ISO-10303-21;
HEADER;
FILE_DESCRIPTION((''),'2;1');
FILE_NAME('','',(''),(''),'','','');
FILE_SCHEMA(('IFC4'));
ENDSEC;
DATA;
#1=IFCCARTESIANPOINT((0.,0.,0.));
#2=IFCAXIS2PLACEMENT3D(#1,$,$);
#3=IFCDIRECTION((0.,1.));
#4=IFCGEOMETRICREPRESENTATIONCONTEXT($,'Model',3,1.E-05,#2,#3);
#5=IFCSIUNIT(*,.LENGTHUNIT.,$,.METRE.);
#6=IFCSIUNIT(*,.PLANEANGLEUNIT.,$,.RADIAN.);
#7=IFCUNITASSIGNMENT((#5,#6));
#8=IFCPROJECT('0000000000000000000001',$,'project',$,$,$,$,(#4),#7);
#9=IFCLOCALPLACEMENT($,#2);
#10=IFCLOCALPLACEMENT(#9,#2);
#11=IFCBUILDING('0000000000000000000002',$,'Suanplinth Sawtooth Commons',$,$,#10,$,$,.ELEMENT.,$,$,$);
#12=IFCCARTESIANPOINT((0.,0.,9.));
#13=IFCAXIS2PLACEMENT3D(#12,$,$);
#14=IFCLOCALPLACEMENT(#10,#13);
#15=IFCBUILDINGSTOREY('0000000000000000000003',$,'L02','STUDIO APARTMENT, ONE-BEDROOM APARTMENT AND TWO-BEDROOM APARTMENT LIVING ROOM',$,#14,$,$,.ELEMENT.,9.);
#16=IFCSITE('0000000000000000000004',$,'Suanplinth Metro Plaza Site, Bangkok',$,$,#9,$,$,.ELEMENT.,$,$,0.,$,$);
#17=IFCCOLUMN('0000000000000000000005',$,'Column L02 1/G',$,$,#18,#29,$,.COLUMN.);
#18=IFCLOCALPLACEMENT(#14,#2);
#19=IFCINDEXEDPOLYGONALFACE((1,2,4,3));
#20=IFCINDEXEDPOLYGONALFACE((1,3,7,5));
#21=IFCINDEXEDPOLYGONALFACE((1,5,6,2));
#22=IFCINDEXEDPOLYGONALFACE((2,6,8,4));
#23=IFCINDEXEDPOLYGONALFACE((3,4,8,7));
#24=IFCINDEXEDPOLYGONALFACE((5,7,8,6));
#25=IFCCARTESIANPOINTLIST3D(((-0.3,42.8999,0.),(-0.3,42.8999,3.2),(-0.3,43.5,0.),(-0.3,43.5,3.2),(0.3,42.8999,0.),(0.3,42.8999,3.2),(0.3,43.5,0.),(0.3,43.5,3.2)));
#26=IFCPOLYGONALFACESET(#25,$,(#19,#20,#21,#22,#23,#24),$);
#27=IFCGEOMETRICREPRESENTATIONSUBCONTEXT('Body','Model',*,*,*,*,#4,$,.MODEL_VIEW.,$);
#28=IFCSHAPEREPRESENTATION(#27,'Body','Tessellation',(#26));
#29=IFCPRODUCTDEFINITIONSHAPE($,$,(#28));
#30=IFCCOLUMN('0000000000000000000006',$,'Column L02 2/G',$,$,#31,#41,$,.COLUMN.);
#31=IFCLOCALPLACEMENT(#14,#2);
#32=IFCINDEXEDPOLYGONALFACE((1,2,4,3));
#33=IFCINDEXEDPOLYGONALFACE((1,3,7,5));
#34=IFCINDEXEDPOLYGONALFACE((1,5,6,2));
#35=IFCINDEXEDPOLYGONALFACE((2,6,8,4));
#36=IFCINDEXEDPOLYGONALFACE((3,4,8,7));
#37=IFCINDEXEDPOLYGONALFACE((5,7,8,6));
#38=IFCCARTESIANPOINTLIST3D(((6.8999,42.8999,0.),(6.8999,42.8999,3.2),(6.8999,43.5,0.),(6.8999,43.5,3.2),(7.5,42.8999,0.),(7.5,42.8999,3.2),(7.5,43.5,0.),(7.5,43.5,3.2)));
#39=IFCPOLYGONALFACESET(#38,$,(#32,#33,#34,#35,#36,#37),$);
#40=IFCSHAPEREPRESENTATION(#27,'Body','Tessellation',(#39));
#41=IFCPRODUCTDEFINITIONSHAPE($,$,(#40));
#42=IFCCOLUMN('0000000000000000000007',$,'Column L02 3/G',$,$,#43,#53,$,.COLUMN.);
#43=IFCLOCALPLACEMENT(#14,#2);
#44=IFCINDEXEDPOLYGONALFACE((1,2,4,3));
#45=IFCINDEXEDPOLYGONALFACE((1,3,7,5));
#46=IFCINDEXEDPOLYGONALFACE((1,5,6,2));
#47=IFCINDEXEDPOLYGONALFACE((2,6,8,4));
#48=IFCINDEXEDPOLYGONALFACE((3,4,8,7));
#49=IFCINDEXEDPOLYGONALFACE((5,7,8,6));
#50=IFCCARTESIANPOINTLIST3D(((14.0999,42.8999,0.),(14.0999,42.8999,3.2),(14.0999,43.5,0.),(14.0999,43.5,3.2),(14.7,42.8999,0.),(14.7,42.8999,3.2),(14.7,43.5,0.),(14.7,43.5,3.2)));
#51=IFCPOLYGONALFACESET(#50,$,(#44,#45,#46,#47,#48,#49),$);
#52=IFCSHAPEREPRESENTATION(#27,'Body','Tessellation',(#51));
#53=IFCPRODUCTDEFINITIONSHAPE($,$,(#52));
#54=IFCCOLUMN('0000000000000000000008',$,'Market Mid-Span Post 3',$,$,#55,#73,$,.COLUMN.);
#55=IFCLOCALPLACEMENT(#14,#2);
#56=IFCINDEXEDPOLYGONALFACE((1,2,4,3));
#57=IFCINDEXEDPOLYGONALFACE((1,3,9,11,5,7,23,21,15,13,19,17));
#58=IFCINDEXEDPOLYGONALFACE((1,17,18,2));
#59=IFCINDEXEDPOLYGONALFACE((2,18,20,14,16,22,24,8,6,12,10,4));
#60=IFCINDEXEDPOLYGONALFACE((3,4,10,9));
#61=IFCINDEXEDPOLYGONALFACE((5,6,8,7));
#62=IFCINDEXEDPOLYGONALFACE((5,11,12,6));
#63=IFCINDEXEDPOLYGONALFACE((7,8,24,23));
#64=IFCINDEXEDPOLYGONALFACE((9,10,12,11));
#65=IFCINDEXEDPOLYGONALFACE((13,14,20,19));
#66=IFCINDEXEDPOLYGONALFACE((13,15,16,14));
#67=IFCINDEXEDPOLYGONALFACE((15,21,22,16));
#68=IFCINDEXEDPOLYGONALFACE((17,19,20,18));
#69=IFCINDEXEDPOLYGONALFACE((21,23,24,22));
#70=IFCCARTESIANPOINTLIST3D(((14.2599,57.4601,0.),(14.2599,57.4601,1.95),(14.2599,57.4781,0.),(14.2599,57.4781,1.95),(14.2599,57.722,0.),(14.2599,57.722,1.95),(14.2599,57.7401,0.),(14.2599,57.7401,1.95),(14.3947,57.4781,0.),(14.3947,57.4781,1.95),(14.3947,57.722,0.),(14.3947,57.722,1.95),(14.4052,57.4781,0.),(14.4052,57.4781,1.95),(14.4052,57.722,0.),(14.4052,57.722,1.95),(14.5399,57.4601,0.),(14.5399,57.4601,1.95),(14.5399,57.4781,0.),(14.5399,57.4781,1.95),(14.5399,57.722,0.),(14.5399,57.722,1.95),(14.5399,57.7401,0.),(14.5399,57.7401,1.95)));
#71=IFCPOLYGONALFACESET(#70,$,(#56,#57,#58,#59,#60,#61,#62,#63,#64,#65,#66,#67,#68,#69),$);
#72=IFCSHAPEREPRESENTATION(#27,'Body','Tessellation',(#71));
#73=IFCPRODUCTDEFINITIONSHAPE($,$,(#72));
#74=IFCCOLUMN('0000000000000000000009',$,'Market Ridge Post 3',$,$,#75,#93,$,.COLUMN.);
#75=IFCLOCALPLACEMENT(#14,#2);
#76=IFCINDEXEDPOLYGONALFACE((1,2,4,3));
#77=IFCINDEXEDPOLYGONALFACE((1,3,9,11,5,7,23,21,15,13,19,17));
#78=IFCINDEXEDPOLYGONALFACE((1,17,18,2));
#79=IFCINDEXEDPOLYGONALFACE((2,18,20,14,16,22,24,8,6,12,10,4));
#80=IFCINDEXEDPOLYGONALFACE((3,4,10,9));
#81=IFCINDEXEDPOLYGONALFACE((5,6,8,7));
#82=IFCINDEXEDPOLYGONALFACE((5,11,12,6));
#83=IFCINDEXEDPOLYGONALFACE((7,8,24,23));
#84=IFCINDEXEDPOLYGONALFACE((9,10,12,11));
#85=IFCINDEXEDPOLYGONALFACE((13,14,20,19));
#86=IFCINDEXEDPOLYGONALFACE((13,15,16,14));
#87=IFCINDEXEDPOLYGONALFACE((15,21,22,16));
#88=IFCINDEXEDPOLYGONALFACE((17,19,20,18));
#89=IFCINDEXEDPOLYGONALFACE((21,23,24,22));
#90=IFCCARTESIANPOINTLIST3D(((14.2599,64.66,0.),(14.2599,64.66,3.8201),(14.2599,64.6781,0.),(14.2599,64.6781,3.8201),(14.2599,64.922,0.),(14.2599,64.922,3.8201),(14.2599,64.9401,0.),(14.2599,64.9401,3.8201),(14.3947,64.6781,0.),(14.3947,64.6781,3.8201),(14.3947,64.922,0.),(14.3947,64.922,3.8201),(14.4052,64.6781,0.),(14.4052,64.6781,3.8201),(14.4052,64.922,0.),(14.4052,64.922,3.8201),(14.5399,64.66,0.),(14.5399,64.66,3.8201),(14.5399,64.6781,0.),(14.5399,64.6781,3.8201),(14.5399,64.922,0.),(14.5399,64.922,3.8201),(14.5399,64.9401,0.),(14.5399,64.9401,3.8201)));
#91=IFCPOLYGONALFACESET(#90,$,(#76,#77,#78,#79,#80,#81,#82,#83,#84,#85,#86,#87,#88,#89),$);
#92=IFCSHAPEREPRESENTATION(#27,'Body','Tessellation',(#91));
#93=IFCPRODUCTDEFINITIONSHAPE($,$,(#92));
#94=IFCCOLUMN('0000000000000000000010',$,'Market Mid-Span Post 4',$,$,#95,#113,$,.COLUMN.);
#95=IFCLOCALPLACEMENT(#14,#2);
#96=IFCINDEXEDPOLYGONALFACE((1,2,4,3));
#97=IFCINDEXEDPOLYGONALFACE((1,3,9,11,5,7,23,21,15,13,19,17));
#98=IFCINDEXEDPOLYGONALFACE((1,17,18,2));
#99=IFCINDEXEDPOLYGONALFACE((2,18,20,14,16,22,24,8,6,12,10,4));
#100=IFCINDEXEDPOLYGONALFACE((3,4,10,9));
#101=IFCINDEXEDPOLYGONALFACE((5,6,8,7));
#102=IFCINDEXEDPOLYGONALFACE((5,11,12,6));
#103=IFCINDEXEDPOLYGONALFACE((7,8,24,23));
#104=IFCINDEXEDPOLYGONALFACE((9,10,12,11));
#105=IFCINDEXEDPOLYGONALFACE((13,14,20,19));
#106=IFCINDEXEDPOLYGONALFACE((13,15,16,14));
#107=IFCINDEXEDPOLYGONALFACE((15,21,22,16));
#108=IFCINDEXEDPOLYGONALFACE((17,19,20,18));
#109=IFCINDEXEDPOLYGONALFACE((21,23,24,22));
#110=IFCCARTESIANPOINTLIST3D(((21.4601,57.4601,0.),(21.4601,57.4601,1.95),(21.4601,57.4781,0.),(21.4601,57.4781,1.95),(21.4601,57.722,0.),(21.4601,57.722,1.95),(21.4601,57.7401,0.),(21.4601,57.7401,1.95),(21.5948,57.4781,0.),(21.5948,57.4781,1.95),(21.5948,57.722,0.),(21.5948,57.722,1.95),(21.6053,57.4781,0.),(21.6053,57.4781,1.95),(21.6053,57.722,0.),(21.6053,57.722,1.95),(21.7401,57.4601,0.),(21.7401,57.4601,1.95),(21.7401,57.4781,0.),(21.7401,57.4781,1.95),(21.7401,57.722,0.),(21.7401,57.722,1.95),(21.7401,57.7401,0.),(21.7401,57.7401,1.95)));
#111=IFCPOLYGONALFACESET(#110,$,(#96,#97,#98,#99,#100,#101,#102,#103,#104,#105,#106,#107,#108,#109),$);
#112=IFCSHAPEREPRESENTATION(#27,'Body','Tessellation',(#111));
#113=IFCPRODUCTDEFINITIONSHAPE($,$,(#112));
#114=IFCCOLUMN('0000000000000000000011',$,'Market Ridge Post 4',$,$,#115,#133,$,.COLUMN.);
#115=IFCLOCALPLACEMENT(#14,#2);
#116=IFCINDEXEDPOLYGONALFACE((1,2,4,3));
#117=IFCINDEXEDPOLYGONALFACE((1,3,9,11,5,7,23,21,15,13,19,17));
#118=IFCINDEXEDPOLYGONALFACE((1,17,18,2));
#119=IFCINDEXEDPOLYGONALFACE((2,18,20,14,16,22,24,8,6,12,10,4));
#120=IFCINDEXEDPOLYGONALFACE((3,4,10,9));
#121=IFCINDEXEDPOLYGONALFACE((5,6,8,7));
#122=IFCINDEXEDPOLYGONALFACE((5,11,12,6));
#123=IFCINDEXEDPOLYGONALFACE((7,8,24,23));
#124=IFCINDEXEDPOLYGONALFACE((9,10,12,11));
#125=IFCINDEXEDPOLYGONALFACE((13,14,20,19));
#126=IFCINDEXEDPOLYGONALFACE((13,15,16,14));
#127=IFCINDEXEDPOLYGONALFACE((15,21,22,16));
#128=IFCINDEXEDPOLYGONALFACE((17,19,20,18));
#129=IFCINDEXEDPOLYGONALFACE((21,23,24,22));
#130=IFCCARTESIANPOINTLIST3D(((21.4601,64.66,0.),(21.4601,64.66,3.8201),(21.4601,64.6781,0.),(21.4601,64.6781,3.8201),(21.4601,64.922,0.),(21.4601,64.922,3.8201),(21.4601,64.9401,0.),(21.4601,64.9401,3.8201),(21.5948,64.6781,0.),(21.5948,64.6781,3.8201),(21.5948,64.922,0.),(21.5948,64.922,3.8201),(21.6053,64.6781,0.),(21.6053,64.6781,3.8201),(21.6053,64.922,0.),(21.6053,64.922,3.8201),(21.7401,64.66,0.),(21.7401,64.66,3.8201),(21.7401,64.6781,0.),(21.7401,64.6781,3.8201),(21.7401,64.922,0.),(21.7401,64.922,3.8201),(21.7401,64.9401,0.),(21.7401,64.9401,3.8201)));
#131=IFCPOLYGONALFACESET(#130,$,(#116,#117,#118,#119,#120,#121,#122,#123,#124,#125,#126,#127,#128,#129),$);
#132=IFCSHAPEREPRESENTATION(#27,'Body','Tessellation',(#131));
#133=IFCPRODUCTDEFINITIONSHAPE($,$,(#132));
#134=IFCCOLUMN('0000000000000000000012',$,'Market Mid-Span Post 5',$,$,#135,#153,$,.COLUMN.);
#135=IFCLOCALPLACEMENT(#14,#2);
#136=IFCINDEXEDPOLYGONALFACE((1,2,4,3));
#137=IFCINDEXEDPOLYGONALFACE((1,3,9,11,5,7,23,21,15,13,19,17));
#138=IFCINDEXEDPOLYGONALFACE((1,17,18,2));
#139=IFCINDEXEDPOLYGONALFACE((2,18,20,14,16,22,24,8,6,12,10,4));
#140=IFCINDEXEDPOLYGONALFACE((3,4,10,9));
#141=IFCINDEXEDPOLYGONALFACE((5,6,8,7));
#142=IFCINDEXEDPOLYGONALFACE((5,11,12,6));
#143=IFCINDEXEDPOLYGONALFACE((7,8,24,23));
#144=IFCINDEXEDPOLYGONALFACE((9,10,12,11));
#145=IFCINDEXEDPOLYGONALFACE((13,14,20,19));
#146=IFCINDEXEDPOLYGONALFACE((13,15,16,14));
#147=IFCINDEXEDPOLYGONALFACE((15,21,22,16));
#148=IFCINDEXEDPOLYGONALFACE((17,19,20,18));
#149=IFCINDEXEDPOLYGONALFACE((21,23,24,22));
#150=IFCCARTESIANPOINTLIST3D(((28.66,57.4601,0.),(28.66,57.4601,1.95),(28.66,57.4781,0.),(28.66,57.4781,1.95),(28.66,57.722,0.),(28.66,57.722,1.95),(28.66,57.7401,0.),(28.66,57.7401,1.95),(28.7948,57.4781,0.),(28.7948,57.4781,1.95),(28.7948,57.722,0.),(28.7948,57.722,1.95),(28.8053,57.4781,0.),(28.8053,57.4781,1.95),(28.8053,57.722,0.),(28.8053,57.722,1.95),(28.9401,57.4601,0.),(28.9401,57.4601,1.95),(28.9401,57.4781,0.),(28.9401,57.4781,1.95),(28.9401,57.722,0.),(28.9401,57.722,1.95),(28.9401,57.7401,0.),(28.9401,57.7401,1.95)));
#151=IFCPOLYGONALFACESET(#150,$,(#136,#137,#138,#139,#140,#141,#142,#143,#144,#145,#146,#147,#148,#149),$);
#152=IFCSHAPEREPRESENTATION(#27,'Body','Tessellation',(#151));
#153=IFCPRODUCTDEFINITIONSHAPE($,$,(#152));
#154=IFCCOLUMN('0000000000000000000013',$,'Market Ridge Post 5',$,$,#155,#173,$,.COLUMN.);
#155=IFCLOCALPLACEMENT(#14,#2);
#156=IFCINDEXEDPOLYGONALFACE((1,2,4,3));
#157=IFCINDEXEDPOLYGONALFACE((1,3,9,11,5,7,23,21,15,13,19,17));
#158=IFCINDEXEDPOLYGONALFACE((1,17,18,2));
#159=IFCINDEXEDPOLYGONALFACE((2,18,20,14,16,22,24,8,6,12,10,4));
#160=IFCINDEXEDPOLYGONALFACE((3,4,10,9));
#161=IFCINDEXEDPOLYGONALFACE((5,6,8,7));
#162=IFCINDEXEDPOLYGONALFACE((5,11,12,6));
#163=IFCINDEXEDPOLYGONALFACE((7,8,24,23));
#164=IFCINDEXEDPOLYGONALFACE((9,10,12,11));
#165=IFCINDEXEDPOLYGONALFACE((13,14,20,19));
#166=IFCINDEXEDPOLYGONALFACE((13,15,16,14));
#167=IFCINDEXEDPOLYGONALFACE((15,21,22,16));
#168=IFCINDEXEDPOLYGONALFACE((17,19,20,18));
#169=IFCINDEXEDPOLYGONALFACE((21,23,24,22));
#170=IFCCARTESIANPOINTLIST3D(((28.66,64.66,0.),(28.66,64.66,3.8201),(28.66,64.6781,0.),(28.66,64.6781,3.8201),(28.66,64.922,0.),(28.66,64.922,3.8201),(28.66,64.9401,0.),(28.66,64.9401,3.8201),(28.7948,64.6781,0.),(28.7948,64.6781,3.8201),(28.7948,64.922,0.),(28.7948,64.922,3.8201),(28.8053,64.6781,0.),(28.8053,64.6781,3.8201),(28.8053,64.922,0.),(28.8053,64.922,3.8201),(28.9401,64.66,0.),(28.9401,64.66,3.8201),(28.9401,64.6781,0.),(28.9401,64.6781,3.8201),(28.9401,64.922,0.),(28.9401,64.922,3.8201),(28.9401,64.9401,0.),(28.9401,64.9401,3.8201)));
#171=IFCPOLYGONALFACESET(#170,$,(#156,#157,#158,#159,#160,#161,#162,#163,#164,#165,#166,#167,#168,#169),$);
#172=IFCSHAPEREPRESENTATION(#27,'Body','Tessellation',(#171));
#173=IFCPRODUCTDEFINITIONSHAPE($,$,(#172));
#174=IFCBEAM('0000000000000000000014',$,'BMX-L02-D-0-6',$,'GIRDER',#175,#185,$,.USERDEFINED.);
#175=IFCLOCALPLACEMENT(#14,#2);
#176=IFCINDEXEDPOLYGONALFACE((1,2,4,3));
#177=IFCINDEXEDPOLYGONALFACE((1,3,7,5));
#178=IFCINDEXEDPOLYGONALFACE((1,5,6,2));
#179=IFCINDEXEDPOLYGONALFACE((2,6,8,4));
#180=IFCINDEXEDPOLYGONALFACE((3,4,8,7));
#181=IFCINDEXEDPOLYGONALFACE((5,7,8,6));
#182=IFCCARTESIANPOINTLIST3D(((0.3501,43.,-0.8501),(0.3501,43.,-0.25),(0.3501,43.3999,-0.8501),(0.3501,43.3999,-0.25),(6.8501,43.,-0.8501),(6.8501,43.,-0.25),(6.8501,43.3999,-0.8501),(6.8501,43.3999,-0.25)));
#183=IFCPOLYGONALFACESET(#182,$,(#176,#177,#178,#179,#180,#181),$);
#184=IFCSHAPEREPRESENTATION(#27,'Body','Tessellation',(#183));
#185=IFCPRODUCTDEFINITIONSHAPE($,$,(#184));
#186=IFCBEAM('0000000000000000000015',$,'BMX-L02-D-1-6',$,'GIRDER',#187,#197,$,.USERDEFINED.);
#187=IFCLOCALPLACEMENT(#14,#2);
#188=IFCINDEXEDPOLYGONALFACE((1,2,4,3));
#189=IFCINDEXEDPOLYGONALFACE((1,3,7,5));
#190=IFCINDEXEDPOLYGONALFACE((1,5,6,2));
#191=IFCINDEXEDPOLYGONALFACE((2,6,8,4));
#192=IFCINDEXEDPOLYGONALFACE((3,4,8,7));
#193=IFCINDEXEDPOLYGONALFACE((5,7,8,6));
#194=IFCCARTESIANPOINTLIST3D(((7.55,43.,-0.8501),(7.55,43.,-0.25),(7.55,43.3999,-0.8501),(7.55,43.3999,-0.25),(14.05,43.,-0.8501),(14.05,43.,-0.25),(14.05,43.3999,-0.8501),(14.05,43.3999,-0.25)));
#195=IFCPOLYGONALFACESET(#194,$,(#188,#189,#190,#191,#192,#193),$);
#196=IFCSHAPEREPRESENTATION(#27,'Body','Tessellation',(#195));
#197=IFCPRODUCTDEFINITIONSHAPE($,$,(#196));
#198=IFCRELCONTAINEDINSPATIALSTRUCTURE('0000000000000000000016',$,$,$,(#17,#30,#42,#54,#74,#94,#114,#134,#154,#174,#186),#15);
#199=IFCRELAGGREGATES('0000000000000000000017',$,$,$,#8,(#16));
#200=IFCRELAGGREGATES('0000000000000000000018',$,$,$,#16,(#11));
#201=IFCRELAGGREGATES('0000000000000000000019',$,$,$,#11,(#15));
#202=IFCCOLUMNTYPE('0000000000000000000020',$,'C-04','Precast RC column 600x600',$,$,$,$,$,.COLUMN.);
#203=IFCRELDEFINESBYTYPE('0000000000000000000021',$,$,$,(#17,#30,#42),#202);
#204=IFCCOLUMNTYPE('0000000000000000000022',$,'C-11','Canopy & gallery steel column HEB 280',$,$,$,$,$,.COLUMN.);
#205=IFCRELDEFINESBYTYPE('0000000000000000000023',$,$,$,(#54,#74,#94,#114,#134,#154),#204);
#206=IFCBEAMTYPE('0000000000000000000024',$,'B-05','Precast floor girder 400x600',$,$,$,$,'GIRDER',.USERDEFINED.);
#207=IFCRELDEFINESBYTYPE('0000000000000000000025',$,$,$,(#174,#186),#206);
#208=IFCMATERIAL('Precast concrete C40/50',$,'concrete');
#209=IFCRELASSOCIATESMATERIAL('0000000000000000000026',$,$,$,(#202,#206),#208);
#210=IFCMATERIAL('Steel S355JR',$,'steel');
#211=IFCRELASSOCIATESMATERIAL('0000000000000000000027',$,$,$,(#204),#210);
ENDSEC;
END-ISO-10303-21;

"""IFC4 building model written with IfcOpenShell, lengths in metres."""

from ifc_helpers import new_model, si_unit, direction, frame, origin, origin_2d, place, context, subcontext, project, spatial, rectangle, i_section, extrude, material, material_profile, profile_set, type_object, element, save


model = new_model("IFC4")

# Units and contexts
model_context = context("Model", 3, precision=1e-05, world=origin(), true_north=direction((0.0, 1.0)))
body_context = subcontext(model_context, "Body", "Model", "MODEL_VIEW")
ifc_project = project(units=[si_unit("LENGTHUNIT", "METRE"), si_unit("PLANEANGLEUNIT", "RADIAN")], contexts=[model_context])

# Site, building, storey
site_placement = place(None, origin())
site = spatial("IfcSite", under=ifc_project, at=site_placement, Name="Suanplinth Metro Plaza Site, Bangkok", CompositionType="ELEMENT", RefElevation=0.0)
building_placement = place(site_placement, origin())
building = spatial("IfcBuilding", under=site, at=building_placement, Name="Suanplinth Sawtooth Commons", CompositionType="ELEMENT")
storey_placement = place(building_placement, frame((0.0, 0.0, 9.0)))
storey = spatial("IfcBuildingStorey", under=building, at=storey_placement, Name="L02", Description="STUDIO APARTMENT, ONE-BEDROOM APARTMENT AND TWO-BEDROOM APARTMENT LIVING ROOM", CompositionType="ELEMENT", Elevation=9.0)

# Columns
ifc_material_1 = material(Name="Precast concrete C40/50", Category="concrete")
ifc_material_profile_1 = material_profile(ifc_material_1, rectangle(XDim=0.6001, YDim=0.6001, at=origin_2d()), Name="PC-COL 600x600")
ifc_profile_set_1 = profile_set([ifc_material_profile_1], Name="Precast concrete C40/50")
column_type_1 = type_object("IfcColumnType", Name="C-04", Description="Precast RC column 600x600", PredefinedType="COLUMN", material=ifc_profile_set_1)
for number, where, z_axis, x_axis, name in (
    (1, (0.0, 43.2, 0.0), (0.0, 0.0, 1.0), (1.0, 0.0, 0.0), "Column L02 1/G"),
    (2, (7.2, 43.2, 0.0), (0.0, 0.0, 1.0), (1.0, 0.0, 0.0), "Column L02 2/G"),
    (3, (14.3999, 43.2, 0.0), (0.0, 0.0, 1.0), (1.0, 0.0, 0.0), "Column L02 3/G"),
):
    element("IfcColumn", number, at=place(storey_placement, frame(where, z_axis=z_axis, x_axis=x_axis)), inside=storey, type_object=column_type_1, Name=name, PredefinedType="COLUMN", context=body_context, shape_type="SweptSolid", body=[
        extrude(rectangle(XDim=0.6001, YDim=0.6001, at=origin_2d()), origin(), (0.0, 0.0, 1.0), 3.2),
    ])
ifc_material_2 = material(Name="Steel S355JR", Category="steel")
ifc_material_profile_2 = material_profile(ifc_material_2, i_section(OverallWidth=0.28, OverallDepth=0.28, WebThickness=0.0105, FlangeThickness=0.0181, at=origin_2d()), Name="HEB 280")
ifc_profile_set_2 = profile_set([ifc_material_profile_2], Name="Steel S355JR")
column_type_2 = type_object("IfcColumnType", Name="C-11", Description="Canopy & gallery steel column HEB 280", PredefinedType="COLUMN", material=ifc_profile_set_2)
column_1_placement = place(storey_placement, frame((14.3999, 57.6001, 0.0), z_axis=(0.0, 0.0, 1.0), x_axis=(1.0, 0.0, 0.0)))
element("IfcColumn", 4, at=column_1_placement, inside=storey, type_object=column_type_2, Name="Market Mid-Span Post 3", PredefinedType="COLUMN", context=body_context, shape_type="SweptSolid", body=[
    extrude(i_section(OverallWidth=0.28, OverallDepth=0.28, WebThickness=0.0105, FlangeThickness=0.0181, at=origin_2d()), origin(), (0.0, 0.0, 1.0), 1.95),
])
column_2_placement = place(storey_placement, frame((14.3999, 64.8, 0.0), z_axis=(0.0, 0.0, 1.0), x_axis=(1.0, 0.0, 0.0)))
element("IfcColumn", 5, at=column_2_placement, inside=storey, type_object=column_type_2, Name="Market Ridge Post 3", PredefinedType="COLUMN", context=body_context, shape_type="SweptSolid", body=[
    extrude(i_section(OverallWidth=0.28, OverallDepth=0.28, WebThickness=0.0105, FlangeThickness=0.0181, at=origin_2d()), origin(), (0.0, 0.0, 1.0), 3.8201),
])
column_3_placement = place(storey_placement, frame((21.6001, 57.6001, 0.0), z_axis=(0.0, 0.0, 1.0), x_axis=(1.0, 0.0, 0.0)))
element("IfcColumn", 6, at=column_3_placement, inside=storey, type_object=column_type_2, Name="Market Mid-Span Post 4", PredefinedType="COLUMN", context=body_context, shape_type="SweptSolid", body=[
    extrude(i_section(OverallWidth=0.28, OverallDepth=0.28, WebThickness=0.0105, FlangeThickness=0.0181, at=origin_2d()), origin(), (0.0, 0.0, 1.0), 1.95),
])
column_4_placement = place(storey_placement, frame((21.6001, 64.8, 0.0), z_axis=(0.0, 0.0, 1.0), x_axis=(1.0, 0.0, 0.0)))
element("IfcColumn", 7, at=column_4_placement, inside=storey, type_object=column_type_2, Name="Market Ridge Post 4", PredefinedType="COLUMN", context=body_context, shape_type="SweptSolid", body=[
    extrude(i_section(OverallWidth=0.28, OverallDepth=0.28, WebThickness=0.0105, FlangeThickness=0.0181, at=origin_2d()), origin(), (0.0, 0.0, 1.0), 3.8201),
])
column_5_placement = place(storey_placement, frame((28.8, 57.6001, 0.0), z_axis=(0.0, 0.0, 1.0), x_axis=(1.0, 0.0, 0.0)))
element("IfcColumn", 8, at=column_5_placement, inside=storey, type_object=column_type_2, Name="Market Mid-Span Post 5", PredefinedType="COLUMN", context=body_context, shape_type="SweptSolid", body=[
    extrude(i_section(OverallWidth=0.28, OverallDepth=0.28, WebThickness=0.0105, FlangeThickness=0.0181, at=origin_2d()), origin(), (0.0, 0.0, 1.0), 1.95),
])
column_6_placement = place(storey_placement, frame((28.8, 64.8, 0.0), z_axis=(0.0, 0.0, 1.0), x_axis=(1.0, 0.0, 0.0)))
element("IfcColumn", 9, at=column_6_placement, inside=storey, type_object=column_type_2, Name="Market Ridge Post 5", PredefinedType="COLUMN", context=body_context, shape_type="SweptSolid", body=[
    extrude(i_section(OverallWidth=0.28, OverallDepth=0.28, WebThickness=0.0105, FlangeThickness=0.0181, at=origin_2d()), origin(), (0.0, 0.0, 1.0), 3.8201),
])

# Beams
ifc_material_profile_3 = material_profile(ifc_material_1, rectangle(XDim=0.3999, YDim=0.6001, at=origin_2d()), Name="PC-GDR 400x600")
ifc_profile_set_3 = profile_set([ifc_material_profile_3], Name="Precast concrete C40/50")
beam_type_1 = type_object("IfcBeamType", Name="B-05", Description="Precast floor girder 400x600", ElementType="GIRDER", PredefinedType="USERDEFINED", material=ifc_profile_set_3)
for number, where, z_axis, x_axis, name in (
    (10, (0.3501, 43.2, -0.55), (1.0, 0.0, 0.0), (0.0, 1.0, 0.0), "BMX-L02-D-0-6"),
    (11, (7.55, 43.2, -0.55), (1.0, 0.0, 0.0), (0.0, 1.0, 0.0), "BMX-L02-D-1-6"),
):
    element("IfcBeam", number, at=place(storey_placement, frame(where, z_axis=z_axis, x_axis=x_axis)), inside=storey, type_object=beam_type_1, Name=name, ObjectType="GIRDER", PredefinedType="USERDEFINED", context=body_context, shape_type="SweptSolid", body=[
        extrude(rectangle(XDim=0.3999, YDim=0.6001, at=origin_2d()), origin(), (0.0, 0.0, 1.0), 6.5),
    ])

save(model, "model.ifc")
